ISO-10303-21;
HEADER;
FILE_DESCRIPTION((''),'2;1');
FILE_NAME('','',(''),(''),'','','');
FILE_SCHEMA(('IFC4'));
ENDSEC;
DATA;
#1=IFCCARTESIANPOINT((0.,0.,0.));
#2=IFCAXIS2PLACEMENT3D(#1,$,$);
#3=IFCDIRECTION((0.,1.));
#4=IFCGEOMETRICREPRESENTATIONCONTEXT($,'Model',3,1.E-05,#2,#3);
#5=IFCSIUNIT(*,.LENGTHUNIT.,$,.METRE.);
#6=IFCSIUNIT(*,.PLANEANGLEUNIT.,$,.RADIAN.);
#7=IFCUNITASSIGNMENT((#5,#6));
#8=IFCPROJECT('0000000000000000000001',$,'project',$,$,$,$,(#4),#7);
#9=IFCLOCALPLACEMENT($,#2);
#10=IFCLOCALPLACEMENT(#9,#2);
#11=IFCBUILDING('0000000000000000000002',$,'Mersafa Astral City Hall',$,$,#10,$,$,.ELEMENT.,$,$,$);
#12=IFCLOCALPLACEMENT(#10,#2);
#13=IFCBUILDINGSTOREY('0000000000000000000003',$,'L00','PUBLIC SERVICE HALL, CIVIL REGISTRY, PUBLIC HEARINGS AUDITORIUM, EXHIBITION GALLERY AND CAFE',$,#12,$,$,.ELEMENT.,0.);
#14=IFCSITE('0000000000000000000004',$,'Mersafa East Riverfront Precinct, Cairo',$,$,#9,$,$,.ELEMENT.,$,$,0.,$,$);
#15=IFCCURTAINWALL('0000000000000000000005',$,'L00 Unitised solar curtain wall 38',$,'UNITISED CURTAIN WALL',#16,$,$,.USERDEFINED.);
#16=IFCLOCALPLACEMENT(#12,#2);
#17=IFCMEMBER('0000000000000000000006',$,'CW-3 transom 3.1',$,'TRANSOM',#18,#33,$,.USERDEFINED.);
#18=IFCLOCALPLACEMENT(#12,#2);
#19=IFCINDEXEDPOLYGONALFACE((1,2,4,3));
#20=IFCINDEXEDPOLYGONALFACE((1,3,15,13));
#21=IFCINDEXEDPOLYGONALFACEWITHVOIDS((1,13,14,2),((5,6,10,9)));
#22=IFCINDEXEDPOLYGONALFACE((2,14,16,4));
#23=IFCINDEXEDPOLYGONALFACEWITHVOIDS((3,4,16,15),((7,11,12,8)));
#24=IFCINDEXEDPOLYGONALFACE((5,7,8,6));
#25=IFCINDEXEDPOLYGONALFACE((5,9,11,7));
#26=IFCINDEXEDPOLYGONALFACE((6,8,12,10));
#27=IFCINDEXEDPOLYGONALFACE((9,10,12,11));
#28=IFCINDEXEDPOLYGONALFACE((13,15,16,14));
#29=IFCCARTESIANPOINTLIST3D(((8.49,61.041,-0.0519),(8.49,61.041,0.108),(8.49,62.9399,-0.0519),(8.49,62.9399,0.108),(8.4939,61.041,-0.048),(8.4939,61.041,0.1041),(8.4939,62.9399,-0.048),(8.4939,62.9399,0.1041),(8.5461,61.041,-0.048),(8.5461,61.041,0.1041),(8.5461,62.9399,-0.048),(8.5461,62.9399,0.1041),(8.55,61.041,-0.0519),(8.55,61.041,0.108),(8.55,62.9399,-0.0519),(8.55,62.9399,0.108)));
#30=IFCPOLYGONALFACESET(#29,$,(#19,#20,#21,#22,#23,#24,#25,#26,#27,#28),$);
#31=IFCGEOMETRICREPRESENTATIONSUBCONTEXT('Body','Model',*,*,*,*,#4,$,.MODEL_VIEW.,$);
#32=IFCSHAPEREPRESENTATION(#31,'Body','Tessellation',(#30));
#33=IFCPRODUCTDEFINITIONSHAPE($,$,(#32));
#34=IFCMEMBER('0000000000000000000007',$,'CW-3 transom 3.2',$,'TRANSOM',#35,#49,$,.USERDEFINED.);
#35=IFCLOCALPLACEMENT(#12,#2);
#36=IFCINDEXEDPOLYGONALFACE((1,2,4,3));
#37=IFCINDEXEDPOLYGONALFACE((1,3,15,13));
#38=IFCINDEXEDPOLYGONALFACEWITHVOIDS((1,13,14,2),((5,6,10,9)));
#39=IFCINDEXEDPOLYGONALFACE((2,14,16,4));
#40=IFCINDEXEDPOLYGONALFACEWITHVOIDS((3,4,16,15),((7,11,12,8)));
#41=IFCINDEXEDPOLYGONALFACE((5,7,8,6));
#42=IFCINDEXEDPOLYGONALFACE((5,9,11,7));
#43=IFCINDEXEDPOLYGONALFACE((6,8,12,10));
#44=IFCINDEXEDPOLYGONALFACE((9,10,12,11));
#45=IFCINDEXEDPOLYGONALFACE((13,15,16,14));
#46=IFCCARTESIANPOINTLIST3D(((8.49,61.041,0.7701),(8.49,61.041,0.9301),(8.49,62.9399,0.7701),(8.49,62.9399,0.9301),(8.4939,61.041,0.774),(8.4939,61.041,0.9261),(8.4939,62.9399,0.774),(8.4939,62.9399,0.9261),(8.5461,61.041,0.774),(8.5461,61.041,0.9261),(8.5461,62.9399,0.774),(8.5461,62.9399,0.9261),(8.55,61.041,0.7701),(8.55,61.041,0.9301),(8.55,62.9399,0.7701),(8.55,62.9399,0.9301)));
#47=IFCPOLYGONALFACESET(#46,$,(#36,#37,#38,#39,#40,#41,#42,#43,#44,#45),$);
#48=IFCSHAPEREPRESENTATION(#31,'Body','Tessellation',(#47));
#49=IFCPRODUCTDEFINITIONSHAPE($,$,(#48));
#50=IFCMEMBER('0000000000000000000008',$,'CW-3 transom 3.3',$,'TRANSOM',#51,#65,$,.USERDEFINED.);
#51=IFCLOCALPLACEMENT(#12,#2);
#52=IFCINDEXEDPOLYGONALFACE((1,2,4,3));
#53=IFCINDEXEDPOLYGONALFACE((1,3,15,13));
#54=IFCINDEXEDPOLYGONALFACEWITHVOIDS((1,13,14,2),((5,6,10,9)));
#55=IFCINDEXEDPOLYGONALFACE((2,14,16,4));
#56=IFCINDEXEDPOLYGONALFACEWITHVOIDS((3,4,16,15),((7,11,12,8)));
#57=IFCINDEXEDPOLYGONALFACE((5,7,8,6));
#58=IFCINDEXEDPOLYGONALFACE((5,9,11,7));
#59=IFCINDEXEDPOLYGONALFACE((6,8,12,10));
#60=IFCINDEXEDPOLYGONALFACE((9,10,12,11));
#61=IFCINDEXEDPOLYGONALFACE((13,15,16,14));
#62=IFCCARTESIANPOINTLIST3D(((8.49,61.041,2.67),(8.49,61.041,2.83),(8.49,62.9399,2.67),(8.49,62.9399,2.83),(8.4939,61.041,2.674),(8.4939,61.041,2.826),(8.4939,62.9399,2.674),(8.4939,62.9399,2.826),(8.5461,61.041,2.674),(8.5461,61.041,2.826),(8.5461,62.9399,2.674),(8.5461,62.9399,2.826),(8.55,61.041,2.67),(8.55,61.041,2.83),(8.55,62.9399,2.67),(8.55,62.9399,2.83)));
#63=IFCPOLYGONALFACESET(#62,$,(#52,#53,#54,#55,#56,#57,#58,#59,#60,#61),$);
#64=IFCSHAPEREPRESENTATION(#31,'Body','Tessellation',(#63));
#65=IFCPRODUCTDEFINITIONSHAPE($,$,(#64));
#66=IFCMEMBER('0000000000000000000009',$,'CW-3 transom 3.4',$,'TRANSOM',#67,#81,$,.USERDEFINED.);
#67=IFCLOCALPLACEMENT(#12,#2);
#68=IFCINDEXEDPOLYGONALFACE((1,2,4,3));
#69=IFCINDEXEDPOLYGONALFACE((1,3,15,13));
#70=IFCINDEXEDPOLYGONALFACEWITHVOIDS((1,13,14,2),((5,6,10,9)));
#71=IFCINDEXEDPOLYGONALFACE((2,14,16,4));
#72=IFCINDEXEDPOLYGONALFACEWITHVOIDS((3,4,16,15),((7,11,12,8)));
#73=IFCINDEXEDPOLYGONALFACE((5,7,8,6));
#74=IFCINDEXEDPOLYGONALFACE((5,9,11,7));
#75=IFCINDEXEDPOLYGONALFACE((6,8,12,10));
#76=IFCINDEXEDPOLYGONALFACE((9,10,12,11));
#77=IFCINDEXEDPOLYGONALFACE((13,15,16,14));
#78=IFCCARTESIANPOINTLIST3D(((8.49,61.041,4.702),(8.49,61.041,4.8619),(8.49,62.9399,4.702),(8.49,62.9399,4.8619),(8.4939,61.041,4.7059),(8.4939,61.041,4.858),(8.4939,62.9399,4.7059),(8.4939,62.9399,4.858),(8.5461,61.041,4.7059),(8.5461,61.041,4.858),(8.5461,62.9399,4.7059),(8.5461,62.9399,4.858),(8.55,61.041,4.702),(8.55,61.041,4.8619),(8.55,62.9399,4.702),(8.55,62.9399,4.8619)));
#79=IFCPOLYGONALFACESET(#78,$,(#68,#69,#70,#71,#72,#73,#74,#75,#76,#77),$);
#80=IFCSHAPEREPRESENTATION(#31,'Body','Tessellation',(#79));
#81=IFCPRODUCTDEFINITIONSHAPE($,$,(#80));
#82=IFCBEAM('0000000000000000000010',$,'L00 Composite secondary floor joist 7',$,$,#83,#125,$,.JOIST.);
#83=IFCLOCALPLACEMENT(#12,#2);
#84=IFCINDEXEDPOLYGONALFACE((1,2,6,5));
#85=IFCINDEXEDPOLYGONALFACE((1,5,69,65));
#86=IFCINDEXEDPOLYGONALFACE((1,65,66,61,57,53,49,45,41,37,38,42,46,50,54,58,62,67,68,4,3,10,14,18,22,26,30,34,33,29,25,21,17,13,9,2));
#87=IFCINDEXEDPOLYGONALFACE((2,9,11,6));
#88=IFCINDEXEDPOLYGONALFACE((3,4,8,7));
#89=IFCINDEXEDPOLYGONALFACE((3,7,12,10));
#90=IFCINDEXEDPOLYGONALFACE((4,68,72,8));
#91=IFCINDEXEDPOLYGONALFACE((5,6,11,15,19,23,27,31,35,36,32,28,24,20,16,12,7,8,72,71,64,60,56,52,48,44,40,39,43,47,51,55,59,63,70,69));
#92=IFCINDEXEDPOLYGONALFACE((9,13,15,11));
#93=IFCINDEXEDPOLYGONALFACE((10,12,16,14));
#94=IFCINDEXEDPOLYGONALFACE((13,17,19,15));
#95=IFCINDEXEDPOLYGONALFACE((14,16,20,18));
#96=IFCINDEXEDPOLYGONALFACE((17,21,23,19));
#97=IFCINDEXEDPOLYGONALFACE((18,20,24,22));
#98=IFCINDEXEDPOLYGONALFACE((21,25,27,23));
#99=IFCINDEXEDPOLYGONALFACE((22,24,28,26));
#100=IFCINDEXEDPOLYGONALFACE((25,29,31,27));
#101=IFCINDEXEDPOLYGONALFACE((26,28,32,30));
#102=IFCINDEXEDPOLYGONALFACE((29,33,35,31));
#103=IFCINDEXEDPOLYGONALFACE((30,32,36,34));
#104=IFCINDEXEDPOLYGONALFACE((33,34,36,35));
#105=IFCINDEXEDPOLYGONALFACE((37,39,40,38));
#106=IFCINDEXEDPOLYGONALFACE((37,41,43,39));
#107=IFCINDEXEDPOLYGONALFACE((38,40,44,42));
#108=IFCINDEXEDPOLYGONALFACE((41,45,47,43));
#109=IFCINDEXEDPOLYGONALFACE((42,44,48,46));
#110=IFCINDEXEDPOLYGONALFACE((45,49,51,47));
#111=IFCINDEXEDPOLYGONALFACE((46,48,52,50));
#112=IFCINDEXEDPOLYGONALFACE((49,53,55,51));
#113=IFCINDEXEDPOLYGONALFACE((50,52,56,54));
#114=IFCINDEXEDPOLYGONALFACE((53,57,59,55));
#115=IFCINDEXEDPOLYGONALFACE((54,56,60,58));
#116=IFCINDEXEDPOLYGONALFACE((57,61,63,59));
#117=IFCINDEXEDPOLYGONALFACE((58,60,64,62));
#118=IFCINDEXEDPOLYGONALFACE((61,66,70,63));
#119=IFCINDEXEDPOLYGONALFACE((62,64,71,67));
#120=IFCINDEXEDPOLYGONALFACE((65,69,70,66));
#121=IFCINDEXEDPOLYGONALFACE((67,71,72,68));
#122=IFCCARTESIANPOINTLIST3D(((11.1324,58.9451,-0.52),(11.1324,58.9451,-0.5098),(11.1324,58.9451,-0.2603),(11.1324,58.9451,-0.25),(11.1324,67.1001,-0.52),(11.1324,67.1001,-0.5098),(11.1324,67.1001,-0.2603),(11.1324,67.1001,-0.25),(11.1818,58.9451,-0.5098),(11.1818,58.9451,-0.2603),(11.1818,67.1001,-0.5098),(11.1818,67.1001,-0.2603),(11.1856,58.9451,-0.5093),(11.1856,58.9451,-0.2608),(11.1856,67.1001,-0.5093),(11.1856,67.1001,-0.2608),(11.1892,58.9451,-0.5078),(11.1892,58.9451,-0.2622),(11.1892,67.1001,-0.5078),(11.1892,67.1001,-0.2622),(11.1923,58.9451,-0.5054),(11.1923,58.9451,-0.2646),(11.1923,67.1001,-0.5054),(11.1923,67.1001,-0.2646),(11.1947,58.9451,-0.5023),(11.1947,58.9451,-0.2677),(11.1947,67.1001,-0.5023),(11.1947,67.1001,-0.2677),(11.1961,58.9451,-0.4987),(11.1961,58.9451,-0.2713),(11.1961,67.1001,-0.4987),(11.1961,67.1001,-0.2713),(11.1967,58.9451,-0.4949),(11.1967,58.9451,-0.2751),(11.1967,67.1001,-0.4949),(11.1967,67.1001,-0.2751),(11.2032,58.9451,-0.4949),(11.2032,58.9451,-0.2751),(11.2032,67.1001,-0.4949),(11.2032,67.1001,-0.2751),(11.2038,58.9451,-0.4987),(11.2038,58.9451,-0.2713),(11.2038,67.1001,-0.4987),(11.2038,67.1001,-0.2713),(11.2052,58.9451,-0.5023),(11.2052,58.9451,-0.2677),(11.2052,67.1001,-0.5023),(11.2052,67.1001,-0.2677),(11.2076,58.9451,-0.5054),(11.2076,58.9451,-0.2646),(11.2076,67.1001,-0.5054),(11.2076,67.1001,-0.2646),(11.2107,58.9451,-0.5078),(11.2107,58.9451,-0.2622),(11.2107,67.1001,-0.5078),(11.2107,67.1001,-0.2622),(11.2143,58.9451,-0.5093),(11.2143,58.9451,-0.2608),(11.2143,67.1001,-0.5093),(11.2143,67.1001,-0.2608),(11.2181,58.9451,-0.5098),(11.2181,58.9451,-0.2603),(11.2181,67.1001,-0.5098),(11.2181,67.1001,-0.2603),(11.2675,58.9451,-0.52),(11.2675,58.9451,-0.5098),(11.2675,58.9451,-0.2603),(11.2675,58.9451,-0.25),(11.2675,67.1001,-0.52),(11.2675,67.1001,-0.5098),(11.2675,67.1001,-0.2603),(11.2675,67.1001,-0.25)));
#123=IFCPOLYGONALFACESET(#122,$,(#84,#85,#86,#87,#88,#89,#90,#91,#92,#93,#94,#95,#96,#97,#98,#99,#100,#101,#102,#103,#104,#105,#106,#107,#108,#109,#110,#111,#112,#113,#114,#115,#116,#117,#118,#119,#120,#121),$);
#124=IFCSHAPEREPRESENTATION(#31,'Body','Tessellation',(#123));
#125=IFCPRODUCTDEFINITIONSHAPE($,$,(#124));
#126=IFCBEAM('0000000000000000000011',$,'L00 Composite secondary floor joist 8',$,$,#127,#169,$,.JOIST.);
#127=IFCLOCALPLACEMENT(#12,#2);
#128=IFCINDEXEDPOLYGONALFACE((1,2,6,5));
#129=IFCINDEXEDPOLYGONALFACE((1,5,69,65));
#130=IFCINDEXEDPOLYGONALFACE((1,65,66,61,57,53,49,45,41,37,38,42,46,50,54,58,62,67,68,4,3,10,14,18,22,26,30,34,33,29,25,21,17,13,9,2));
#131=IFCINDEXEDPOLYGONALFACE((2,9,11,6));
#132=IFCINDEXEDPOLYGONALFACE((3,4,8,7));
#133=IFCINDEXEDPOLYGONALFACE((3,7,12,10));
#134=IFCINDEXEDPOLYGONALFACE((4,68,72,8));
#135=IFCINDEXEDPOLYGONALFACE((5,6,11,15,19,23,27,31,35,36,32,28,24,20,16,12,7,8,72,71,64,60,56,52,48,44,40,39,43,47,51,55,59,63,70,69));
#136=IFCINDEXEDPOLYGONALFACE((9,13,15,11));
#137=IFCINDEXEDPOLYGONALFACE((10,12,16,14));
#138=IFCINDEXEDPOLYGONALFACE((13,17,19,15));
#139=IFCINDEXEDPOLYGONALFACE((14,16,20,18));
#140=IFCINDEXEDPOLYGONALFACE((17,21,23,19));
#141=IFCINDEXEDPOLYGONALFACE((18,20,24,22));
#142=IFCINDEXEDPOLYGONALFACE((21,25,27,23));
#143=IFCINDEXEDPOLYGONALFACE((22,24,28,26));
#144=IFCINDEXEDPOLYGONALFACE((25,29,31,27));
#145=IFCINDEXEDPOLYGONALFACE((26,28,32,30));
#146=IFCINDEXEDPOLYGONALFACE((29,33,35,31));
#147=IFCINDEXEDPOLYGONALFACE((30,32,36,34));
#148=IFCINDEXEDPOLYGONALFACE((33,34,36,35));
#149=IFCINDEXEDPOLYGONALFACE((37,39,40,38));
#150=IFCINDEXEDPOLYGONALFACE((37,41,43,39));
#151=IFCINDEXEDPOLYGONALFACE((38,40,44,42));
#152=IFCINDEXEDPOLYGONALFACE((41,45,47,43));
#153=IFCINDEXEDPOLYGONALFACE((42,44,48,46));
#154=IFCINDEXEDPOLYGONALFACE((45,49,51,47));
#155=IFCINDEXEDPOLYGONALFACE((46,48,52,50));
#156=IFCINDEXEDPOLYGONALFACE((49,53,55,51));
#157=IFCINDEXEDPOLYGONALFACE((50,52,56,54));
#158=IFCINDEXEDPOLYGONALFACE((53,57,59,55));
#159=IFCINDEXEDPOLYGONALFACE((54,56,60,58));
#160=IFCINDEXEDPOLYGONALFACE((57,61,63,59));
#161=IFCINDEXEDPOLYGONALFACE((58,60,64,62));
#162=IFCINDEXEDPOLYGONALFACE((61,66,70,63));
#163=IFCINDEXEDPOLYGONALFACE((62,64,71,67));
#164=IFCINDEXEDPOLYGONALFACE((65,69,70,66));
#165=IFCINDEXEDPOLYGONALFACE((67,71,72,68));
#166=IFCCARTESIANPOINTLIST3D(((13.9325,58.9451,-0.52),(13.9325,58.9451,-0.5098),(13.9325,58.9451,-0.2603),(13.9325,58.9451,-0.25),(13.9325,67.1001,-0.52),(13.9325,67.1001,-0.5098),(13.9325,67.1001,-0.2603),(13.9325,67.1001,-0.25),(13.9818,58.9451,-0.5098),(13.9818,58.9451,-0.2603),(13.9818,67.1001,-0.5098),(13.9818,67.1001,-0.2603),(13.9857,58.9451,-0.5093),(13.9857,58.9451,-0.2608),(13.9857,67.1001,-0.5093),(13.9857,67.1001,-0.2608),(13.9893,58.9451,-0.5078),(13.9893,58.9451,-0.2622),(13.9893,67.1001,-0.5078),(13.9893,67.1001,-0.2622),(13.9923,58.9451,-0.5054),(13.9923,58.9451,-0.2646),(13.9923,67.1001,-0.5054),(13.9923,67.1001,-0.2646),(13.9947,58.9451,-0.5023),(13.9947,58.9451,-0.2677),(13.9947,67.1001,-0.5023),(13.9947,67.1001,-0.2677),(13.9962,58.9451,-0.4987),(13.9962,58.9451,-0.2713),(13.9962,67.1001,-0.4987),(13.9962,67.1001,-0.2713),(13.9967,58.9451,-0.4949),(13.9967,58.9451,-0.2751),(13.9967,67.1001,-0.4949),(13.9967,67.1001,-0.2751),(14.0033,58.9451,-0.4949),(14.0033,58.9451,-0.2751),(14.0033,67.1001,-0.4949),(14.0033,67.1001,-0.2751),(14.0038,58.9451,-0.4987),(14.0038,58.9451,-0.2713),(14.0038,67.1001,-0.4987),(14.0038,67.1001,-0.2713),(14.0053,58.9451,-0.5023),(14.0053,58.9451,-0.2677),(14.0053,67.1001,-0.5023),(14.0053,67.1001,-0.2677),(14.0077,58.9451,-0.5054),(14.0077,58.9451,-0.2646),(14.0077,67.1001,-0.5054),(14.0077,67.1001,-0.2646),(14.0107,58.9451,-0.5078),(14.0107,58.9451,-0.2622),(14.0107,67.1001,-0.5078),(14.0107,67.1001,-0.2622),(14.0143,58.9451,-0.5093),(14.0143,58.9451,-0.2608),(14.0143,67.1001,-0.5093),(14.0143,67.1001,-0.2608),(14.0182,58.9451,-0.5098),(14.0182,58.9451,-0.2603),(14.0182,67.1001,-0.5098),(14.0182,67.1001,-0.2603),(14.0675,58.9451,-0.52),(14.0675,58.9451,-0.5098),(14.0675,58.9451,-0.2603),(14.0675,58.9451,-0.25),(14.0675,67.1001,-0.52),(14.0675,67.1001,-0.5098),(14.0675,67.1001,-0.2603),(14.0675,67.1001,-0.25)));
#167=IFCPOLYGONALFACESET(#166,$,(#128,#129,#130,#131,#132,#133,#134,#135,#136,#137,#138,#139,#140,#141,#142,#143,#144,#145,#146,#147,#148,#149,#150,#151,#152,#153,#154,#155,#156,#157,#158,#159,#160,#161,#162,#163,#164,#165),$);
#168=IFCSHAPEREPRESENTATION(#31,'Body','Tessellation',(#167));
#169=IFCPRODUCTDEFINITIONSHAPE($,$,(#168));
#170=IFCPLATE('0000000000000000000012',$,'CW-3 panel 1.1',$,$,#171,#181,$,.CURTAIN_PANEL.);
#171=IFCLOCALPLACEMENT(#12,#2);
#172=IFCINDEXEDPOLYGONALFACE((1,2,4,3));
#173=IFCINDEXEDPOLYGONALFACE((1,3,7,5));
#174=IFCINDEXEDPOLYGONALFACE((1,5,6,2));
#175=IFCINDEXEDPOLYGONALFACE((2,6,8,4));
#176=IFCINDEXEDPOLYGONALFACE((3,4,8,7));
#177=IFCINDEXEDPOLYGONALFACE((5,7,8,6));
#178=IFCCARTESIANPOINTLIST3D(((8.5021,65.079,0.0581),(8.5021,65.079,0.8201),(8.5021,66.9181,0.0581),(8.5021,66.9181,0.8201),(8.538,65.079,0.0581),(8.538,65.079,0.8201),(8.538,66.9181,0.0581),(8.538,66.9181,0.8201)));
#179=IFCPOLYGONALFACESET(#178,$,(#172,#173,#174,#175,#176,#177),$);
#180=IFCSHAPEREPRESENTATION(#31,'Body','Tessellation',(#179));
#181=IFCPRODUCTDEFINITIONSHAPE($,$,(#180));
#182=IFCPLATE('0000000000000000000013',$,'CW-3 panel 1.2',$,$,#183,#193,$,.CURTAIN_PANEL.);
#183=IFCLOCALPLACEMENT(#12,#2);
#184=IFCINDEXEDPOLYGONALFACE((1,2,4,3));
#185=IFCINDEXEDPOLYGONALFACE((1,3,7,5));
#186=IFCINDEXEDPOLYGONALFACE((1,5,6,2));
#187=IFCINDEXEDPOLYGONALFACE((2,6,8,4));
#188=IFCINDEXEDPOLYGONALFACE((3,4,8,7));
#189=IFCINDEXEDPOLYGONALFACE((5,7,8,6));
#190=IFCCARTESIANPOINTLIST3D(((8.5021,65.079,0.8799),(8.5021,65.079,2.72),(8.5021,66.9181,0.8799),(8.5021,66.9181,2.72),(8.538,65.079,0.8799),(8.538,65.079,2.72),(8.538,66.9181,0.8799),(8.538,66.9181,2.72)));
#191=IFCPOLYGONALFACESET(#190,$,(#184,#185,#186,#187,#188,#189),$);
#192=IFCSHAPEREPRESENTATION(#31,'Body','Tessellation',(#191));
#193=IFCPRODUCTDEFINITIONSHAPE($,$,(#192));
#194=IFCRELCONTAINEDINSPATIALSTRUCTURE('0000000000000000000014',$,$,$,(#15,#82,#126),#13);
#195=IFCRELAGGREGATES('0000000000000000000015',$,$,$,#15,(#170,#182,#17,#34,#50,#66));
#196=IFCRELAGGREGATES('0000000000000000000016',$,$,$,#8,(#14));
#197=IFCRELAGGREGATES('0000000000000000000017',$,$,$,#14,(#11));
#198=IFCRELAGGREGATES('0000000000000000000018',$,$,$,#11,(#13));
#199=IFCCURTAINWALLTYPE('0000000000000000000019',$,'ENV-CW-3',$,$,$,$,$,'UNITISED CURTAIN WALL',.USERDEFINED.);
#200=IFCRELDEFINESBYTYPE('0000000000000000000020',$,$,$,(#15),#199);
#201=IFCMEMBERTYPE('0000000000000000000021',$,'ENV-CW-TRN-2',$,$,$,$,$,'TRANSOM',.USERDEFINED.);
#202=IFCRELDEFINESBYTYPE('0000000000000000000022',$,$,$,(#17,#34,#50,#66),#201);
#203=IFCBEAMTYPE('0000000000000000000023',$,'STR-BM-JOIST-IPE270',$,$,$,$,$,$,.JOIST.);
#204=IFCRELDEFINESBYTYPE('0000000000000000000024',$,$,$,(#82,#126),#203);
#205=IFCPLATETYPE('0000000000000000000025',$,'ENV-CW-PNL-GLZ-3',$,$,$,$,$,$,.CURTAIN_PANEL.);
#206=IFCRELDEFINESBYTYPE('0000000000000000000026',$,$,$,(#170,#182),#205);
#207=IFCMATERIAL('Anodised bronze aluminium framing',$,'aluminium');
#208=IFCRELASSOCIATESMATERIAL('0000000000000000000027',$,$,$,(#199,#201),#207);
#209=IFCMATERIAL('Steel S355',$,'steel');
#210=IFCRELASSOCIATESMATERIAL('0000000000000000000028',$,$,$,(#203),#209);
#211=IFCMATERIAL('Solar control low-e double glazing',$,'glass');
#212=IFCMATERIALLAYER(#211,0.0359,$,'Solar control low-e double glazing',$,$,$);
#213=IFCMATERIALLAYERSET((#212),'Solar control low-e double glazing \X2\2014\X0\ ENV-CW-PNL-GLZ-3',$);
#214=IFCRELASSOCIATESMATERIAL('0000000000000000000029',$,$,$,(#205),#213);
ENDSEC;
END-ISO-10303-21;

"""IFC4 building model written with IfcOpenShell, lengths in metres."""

from ifc_helpers import new_model, si_unit, direction, frame, origin, origin_2d, place, context, subcontext, project, spatial, rectangle, hollow_rectangle, i_section, extrude, material, layer, layer_set, material_profile, profile_set, type_object, element, aggregate, save


model = new_model("IFC4")

# Units and contexts
model_context = context("Model", 3, precision=1e-05, world=origin(), true_north=direction((0.0, 1.0)))
body_context = subcontext(model_context, "Body", "Model", "MODEL_VIEW")
ifc_project = project(units=[si_unit("LENGTHUNIT", "METRE"), si_unit("PLANEANGLEUNIT", "RADIAN")], contexts=[model_context])

# Site, building, storey
site_placement = place(None, origin())
site = spatial("IfcSite", under=ifc_project, at=site_placement, Name="Mersafa East Riverfront Precinct, Cairo", CompositionType="ELEMENT", RefElevation=0.0)
building_placement = place(site_placement, origin())
building = spatial("IfcBuilding", under=site, at=building_placement, Name="Mersafa Astral City Hall", CompositionType="ELEMENT")
storey_placement = place(building_placement, origin())
storey = spatial("IfcBuildingStorey", under=building, at=storey_placement, Name="L00", Description="PUBLIC SERVICE HALL, CIVIL REGISTRY, PUBLIC HEARINGS AUDITORIUM, EXHIBITION GALLERY AND CAFE", CompositionType="ELEMENT", Elevation=0.0)

# Curtain wall, members
ifc_material_1 = material(Name="Anodised bronze aluminium framing", Category="aluminium")
curtain_wall_type = type_object("IfcCurtainWallType", Name="ENV-CW-3", ElementType="UNITISED CURTAIN WALL", PredefinedType="USERDEFINED", material=ifc_material_1)
curtain_wall_placement = place(storey_placement, origin())
curtain_wall = element("IfcCurtainWall", 1, at=curtain_wall_placement, inside=storey, type_object=curtain_wall_type, Name="L00 Unitised solar curtain wall 38", ObjectType="UNITISED CURTAIN WALL", PredefinedType="USERDEFINED")
ifc_material_profile_1 = material_profile(ifc_material_1, hollow_rectangle(XDim=0.0601, YDim=0.1599, WallThickness=0.0039, at=origin_2d()), Name="RHS 60x160x4")
ifc_profile_set_1 = profile_set([ifc_material_profile_1], Name="Anodised bronze aluminium framing")
member_type_1 = type_object("IfcMemberType", Name="ENV-CW-TRN-2", ElementType="TRANSOM", PredefinedType="USERDEFINED", material=ifc_profile_set_1)
member_1_placement = place(storey_placement, frame((8.52, 62.9399, 0.0281), z_axis=(0.0, -1.0, 0.0), x_axis=(1.0, 0.0, 0.0)))
member_1 = element("IfcMember", 2, at=member_1_placement, type_object=member_type_1, Name="CW-3 transom 3.1", ObjectType="TRANSOM", PredefinedType="USERDEFINED", context=body_context, shape_type="SweptSolid", body=[
    extrude(hollow_rectangle(XDim=0.0601, YDim=0.1599, WallThickness=0.0039, at=origin_2d()), origin(), (0.0, 0.0, 1.0), 1.8989),
])
member_2_placement = place(storey_placement, frame((8.52, 62.9399, 0.8501), z_axis=(0.0, -1.0, 0.0), x_axis=(1.0, 0.0, 0.0)))
member_2 = element("IfcMember", 3, at=member_2_placement, type_object=member_type_1, Name="CW-3 transom 3.2", ObjectType="TRANSOM", PredefinedType="USERDEFINED", context=body_context, shape_type="SweptSolid", body=[
    extrude(hollow_rectangle(XDim=0.0601, YDim=0.1599, WallThickness=0.0039, at=origin_2d()), origin(), (0.0, 0.0, 1.0), 1.8989),
])
member_3_placement = place(storey_placement, frame((8.52, 62.9399, 2.75), z_axis=(0.0, -1.0, 0.0), x_axis=(1.0, 0.0, 0.0)))
member_3 = element("IfcMember", 4, at=member_3_placement, type_object=member_type_1, Name="CW-3 transom 3.3", ObjectType="TRANSOM", PredefinedType="USERDEFINED", context=body_context, shape_type="SweptSolid", body=[
    extrude(hollow_rectangle(XDim=0.0601, YDim=0.1599, WallThickness=0.0039, at=origin_2d()), origin(), (0.0, 0.0, 1.0), 1.8989),
])
member_4_placement = place(storey_placement, frame((8.52, 62.9399, 4.782), z_axis=(0.0, -1.0, 0.0), x_axis=(1.0, 0.0, 0.0)))
member_4 = element("IfcMember", 5, at=member_4_placement, type_object=member_type_1, Name="CW-3 transom 3.4", ObjectType="TRANSOM", PredefinedType="USERDEFINED", context=body_context, shape_type="SweptSolid", body=[
    extrude(hollow_rectangle(XDim=0.0601, YDim=0.1599, WallThickness=0.0039, at=origin_2d()), origin(), (0.0, 0.0, 1.0), 1.8989),
])

# Beams
ifc_material_2 = material(Name="Steel S355", Category="steel")
ifc_material_profile_2 = material_profile(ifc_material_2, i_section(OverallWidth=0.135, OverallDepth=0.27, WebThickness=0.0066, FlangeThickness=0.0103, FilletRadius=0.0149, at=origin_2d()), Name="IPE 270")
ifc_profile_set_2 = profile_set([ifc_material_profile_2], Name="Steel S355")
beam_type = type_object("IfcBeamType", Name="STR-BM-JOIST-IPE270", PredefinedType="JOIST", material=ifc_profile_set_2)
for number, where, z_axis, x_axis, name in (
    (6, (11.2, 58.9451, -0.385), (0.0, 1.0, 0.0), (-1.0, 0.0, 0.0), "L00 Composite secondary floor joist 7"),
    (7, (14.0, 58.9451, -0.385), (0.0, 1.0, 0.0), (-1.0, 0.0, 0.0), "L00 Composite secondary floor joist 8"),
):
    element("IfcBeam", number, at=place(storey_placement, frame(where, z_axis=z_axis, x_axis=x_axis)), inside=storey, type_object=beam_type, Name=name, PredefinedType="JOIST", context=body_context, shape_type="SweptSolid", body=[
        extrude(i_section(OverallWidth=0.135, OverallDepth=0.27, WebThickness=0.0066, FlangeThickness=0.0103, FilletRadius=0.0149, at=origin_2d()), origin(), (0.0, 0.0, 1.0), 8.155),
    ])

# Plates
ifc_material_3 = material(Name="Solar control low-e double glazing", Category="glass")
ifc_layer = layer(ifc_material_3, 0.0359, Name="Solar control low-e double glazing")
ifc_layer_set = layer_set([ifc_layer], Name="Solar control low-e double glazing — ENV-CW-PNL-GLZ-3")
plate_type = type_object("IfcPlateType", Name="ENV-CW-PNL-GLZ-3", PredefinedType="CURTAIN_PANEL", material=ifc_layer_set)
plate_1_placement = place(storey_placement, frame((8.52, 65.9985, 0.0581), z_axis=(0.0, 0.0, 1.0), x_axis=(0.0, -1.0, 0.0)))
plate_1 = element("IfcPlate", 8, at=plate_1_placement, type_object=plate_type, Name="CW-3 panel 1.1", PredefinedType="CURTAIN_PANEL", context=body_context, shape_type="SweptSolid", body=[
    extrude(rectangle(XDim=1.8391, YDim=0.0359, at=origin_2d()), origin(), (0.0, 0.0, 1.0), 0.762),
])
plate_2_placement = place(storey_placement, frame((8.52, 65.9985, 0.8799), z_axis=(0.0, 0.0, 1.0), x_axis=(0.0, -1.0, 0.0)))
plate_2 = element("IfcPlate", 9, at=plate_2_placement, type_object=plate_type, Name="CW-3 panel 1.2", PredefinedType="CURTAIN_PANEL", context=body_context, shape_type="SweptSolid", body=[
    extrude(rectangle(XDim=1.8391, YDim=0.0359, at=origin_2d()), origin(), (0.0, 0.0, 1.0), 1.8401),
])
aggregate(curtain_wall, [plate_1, plate_2, member_1, member_2, member_3, member_4])

save(model, "model.ifc")
